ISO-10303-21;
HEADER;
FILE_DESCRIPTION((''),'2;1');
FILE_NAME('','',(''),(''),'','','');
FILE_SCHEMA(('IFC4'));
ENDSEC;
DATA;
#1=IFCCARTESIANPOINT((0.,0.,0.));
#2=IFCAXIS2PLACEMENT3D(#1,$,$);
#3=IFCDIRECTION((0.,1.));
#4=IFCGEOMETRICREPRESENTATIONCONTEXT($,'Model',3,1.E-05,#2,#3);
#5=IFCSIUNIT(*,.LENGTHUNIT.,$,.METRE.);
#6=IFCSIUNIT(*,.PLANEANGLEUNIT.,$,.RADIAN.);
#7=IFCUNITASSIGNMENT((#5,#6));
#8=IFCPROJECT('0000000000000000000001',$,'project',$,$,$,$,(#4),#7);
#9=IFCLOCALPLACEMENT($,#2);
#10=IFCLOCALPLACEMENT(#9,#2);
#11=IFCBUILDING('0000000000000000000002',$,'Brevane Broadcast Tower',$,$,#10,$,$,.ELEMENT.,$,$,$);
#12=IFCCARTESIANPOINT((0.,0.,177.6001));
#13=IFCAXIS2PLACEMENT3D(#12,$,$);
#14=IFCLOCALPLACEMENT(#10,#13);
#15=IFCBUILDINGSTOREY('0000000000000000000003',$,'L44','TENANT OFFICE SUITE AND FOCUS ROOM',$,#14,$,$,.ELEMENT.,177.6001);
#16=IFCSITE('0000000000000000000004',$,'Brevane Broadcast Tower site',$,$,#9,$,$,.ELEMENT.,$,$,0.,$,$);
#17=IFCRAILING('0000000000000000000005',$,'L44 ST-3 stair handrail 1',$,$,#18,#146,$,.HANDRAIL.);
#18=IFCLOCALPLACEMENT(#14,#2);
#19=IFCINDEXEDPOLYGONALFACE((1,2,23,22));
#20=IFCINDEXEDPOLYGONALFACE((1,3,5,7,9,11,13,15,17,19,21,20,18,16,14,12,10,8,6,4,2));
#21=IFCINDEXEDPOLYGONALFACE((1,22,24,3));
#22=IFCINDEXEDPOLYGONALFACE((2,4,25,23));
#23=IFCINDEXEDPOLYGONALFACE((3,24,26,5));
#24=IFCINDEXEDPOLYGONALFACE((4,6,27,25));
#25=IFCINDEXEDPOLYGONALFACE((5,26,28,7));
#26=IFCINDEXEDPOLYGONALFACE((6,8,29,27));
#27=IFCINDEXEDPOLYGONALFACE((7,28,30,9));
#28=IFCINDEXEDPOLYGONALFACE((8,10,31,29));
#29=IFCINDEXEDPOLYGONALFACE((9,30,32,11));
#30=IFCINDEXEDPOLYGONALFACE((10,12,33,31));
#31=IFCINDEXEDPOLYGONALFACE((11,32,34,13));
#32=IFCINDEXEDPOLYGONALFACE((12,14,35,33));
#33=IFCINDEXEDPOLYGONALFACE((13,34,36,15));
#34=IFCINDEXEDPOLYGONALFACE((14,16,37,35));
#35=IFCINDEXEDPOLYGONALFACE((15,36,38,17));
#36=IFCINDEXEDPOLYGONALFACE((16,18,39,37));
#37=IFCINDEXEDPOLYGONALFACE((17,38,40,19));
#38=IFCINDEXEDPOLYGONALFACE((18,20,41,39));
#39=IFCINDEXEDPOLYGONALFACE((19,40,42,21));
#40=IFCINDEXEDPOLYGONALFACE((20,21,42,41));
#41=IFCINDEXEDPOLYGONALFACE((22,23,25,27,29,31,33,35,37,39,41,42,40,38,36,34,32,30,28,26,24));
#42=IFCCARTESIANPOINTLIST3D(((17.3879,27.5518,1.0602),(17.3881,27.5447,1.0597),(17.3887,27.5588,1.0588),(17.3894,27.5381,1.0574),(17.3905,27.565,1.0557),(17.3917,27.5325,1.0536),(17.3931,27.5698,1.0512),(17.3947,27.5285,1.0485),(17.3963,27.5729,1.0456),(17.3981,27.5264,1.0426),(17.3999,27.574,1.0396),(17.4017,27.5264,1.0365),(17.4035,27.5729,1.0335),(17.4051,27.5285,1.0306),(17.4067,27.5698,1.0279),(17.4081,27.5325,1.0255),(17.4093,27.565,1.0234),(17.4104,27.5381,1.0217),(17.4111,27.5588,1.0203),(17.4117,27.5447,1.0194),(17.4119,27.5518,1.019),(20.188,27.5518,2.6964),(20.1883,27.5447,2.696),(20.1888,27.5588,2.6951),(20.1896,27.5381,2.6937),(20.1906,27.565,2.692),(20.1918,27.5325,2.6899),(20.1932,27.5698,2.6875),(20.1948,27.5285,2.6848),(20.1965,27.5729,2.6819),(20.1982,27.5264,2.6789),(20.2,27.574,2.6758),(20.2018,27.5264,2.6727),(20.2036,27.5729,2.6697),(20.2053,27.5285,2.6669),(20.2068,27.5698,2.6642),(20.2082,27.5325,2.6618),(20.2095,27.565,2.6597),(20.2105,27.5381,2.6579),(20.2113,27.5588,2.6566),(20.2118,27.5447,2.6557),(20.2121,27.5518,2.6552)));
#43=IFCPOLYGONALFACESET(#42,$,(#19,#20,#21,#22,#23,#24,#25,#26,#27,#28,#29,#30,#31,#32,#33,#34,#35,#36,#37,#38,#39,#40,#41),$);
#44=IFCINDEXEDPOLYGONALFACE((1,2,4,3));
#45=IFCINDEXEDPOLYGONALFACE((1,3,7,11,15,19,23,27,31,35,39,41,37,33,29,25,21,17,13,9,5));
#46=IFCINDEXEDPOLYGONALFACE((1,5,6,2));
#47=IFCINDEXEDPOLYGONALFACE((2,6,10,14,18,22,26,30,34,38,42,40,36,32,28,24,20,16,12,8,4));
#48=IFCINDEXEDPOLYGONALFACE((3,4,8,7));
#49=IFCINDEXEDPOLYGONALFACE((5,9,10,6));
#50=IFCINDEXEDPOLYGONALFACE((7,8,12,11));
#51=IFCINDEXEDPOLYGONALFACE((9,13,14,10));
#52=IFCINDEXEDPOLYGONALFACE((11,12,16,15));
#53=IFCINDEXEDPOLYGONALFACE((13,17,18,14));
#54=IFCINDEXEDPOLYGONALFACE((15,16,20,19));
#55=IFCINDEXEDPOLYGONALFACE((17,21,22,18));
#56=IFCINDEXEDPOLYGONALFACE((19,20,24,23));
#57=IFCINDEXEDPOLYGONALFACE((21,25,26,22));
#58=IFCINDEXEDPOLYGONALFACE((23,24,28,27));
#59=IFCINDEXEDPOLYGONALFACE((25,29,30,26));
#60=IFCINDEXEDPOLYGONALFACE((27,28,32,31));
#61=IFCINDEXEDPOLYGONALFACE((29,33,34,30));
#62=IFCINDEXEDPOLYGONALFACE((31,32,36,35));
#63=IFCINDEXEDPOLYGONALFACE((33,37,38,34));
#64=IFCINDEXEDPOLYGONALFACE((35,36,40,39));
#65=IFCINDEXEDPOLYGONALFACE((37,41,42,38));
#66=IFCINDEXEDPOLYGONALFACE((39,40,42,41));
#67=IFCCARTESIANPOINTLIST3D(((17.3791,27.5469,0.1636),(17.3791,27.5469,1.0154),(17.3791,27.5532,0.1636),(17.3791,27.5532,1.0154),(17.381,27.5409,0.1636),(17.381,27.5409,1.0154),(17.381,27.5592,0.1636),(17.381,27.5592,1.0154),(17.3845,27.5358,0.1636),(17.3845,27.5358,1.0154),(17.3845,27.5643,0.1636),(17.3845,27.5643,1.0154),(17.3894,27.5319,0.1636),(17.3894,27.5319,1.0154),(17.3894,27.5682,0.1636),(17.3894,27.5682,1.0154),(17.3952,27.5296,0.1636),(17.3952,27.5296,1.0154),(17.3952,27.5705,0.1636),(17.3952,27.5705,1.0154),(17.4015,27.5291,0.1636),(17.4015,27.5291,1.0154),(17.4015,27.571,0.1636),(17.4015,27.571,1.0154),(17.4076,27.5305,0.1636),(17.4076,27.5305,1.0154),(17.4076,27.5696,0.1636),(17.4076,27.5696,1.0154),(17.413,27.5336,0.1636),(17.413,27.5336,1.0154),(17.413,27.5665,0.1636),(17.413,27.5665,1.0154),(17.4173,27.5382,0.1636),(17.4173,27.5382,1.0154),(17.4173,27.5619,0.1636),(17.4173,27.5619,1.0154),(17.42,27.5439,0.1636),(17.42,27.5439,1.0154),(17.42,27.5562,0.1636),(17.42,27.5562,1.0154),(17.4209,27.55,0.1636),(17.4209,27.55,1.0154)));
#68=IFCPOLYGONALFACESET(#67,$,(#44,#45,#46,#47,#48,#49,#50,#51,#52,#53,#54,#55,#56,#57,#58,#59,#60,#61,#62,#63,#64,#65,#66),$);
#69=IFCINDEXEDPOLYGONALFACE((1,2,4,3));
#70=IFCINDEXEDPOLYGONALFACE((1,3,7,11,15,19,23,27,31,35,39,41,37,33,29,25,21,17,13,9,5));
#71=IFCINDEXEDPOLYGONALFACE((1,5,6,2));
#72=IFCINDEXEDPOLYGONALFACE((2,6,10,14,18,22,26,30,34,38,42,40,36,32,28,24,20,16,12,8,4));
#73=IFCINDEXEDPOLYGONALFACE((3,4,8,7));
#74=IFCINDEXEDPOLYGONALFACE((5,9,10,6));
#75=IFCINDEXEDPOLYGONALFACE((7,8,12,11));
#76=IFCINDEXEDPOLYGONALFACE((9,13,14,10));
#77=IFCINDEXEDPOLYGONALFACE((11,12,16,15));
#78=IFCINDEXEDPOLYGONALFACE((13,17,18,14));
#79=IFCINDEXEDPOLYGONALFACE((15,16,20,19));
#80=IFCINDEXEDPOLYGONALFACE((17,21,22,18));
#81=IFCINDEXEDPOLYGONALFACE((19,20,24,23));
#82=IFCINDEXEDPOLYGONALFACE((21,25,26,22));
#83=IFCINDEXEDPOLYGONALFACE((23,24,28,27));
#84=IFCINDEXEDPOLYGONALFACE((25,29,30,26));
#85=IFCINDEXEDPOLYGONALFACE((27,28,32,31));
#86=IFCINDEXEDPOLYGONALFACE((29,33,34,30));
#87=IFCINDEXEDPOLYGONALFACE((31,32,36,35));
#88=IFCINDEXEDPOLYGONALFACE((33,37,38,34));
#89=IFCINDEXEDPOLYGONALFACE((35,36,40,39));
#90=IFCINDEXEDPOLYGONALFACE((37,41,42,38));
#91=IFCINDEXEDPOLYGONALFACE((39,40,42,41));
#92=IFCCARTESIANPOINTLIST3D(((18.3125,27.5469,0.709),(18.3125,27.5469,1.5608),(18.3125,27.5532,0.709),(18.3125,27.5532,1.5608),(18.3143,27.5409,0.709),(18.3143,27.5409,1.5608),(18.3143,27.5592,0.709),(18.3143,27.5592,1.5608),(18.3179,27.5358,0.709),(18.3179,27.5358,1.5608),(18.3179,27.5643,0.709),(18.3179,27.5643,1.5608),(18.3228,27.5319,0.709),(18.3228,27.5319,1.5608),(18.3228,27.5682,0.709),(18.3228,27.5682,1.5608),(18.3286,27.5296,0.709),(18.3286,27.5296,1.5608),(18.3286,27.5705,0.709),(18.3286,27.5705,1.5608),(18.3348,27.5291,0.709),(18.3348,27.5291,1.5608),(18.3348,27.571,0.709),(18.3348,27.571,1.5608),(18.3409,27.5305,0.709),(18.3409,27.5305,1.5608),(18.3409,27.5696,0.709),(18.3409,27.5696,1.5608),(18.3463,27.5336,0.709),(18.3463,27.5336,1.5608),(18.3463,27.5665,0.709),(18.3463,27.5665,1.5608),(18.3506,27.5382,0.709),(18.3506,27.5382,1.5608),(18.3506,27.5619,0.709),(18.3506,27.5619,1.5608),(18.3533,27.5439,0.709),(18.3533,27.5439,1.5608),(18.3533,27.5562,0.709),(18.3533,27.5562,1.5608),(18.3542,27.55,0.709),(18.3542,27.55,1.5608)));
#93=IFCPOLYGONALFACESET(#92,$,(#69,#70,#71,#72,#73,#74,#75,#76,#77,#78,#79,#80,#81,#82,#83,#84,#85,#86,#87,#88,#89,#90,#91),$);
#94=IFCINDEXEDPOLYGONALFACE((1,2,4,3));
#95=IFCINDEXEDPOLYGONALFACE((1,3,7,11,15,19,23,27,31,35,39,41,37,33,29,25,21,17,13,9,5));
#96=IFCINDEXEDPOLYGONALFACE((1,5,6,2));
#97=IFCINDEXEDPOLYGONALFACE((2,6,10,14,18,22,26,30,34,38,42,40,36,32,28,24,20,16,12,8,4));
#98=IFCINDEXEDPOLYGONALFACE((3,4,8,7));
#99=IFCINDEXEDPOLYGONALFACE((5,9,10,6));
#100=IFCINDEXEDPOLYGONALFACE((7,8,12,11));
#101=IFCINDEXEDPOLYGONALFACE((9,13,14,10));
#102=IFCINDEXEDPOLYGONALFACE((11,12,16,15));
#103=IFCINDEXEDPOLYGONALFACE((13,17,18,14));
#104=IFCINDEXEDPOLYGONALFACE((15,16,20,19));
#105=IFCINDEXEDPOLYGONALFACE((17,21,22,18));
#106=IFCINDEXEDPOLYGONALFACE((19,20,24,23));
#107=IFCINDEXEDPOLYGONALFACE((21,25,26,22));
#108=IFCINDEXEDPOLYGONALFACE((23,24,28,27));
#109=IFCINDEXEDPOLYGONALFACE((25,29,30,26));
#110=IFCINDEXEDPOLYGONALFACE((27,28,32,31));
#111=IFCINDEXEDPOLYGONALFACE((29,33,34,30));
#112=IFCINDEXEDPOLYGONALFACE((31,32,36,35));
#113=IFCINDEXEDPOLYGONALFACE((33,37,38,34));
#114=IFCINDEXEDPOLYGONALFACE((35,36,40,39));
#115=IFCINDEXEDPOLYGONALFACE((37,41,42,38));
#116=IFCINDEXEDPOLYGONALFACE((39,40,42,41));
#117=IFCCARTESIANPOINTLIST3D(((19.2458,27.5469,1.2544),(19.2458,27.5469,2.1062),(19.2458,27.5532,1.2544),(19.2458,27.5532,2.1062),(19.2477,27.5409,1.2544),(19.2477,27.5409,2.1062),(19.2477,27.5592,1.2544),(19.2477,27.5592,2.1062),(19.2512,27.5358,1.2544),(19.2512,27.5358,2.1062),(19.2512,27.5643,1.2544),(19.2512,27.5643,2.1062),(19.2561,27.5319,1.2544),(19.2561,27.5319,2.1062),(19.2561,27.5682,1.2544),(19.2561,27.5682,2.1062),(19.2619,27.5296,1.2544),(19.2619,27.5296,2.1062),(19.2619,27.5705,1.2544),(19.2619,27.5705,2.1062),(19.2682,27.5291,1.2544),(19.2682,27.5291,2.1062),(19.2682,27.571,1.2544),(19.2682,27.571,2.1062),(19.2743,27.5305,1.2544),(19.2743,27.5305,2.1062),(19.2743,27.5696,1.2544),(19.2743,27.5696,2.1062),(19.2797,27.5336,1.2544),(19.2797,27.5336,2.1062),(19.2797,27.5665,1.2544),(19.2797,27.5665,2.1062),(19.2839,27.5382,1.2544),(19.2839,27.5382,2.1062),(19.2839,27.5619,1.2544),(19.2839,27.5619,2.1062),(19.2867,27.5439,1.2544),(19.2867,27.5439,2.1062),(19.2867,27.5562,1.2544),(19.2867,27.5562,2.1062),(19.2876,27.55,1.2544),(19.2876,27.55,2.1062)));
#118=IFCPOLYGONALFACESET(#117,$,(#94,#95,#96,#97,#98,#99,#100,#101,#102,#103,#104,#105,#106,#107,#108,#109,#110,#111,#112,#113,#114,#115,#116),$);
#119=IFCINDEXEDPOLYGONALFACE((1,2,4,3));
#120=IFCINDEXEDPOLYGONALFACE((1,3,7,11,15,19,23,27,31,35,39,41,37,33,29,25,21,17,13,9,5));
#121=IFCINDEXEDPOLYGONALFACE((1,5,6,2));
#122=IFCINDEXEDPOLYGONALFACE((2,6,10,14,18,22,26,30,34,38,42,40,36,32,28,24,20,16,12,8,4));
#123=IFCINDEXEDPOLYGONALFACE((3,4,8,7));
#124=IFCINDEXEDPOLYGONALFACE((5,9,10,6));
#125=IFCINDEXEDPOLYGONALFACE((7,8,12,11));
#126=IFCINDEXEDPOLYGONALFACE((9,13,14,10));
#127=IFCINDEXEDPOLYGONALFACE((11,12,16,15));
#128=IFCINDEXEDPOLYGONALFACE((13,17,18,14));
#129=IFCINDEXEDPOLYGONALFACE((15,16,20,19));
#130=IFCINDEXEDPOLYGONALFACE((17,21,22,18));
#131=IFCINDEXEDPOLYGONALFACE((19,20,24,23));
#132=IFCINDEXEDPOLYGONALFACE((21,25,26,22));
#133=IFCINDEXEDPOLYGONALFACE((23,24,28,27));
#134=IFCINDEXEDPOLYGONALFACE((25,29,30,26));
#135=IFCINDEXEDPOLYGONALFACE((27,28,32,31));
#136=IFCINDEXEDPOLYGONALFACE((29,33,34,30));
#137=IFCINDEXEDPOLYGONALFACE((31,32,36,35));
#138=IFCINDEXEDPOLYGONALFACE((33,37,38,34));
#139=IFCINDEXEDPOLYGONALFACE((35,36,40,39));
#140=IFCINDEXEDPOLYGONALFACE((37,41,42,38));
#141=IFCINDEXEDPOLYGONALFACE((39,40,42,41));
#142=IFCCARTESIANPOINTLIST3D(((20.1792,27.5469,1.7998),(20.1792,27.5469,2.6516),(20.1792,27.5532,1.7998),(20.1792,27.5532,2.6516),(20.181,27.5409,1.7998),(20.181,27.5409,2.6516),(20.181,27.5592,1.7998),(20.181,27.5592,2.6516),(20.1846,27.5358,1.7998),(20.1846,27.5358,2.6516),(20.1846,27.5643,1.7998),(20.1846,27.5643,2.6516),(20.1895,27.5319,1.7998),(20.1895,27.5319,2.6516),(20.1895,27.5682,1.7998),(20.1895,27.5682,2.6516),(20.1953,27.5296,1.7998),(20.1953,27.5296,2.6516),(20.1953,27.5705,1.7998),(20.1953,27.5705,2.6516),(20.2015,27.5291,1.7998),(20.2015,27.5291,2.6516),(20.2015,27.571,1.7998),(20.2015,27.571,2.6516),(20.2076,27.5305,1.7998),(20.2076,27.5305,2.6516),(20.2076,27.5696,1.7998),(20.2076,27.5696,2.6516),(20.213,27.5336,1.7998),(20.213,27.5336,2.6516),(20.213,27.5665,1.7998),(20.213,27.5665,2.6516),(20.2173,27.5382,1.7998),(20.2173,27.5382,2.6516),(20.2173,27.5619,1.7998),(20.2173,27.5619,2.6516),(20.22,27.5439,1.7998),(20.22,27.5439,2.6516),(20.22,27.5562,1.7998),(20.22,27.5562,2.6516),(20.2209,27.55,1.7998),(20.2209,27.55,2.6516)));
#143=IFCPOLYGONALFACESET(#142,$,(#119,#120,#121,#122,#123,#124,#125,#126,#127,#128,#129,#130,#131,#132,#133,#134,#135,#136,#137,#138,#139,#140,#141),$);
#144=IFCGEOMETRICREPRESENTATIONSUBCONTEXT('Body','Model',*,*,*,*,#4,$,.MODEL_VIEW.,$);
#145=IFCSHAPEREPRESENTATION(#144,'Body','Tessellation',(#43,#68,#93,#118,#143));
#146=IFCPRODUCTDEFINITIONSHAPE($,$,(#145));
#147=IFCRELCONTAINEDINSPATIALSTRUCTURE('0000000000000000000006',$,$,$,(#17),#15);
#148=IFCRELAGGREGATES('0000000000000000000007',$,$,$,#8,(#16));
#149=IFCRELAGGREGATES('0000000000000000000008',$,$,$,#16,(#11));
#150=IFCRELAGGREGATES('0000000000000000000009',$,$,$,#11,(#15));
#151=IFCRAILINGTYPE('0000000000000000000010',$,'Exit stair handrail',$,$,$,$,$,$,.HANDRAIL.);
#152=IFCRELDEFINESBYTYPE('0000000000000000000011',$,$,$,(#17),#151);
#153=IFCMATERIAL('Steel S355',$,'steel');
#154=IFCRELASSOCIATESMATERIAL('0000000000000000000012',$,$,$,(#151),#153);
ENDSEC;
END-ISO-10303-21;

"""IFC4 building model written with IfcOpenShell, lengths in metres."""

from ifc_helpers import new_model, si_unit, direction, frame, origin, origin_2d, place, context, subcontext, project, spatial, circle, extrude, material, type_object, element, save


model = new_model("IFC4")

# Units and contexts
model_context = context("Model", 3, precision=1e-05, world=origin(), true_north=direction((0.0, 1.0)))
body_context = subcontext(model_context, "Body", "Model", "MODEL_VIEW")
ifc_project = project(units=[si_unit("LENGTHUNIT", "METRE"), si_unit("PLANEANGLEUNIT", "RADIAN")], contexts=[model_context])

# Site, building, storey
site_placement = place(None, origin())
site = spatial("IfcSite", under=ifc_project, at=site_placement, Name="Brevane Broadcast Tower site", CompositionType="ELEMENT", RefElevation=0.0)
building_placement = place(site_placement, origin())
building = spatial("IfcBuilding", under=site, at=building_placement, Name="Brevane Broadcast Tower", CompositionType="ELEMENT")
storey_placement = place(building_placement, frame((0.0, 0.0, 177.6001)))
storey = spatial("IfcBuildingStorey", under=building, at=storey_placement, Name="L44", Description="TENANT OFFICE SUITE AND FOCUS ROOM", CompositionType="ELEMENT", Elevation=177.6001)

# Railing
ifc_material_1 = material(Name="Steel S355", Category="steel")
railing_type_1 = type_object("IfcRailingType", Name="Exit stair handrail", PredefinedType="HANDRAIL", material=ifc_material_1)
railing_1_placement = place(storey_placement, frame((17.3999, 27.55, 0.1636)))
element("IfcRailing", 1, at=railing_1_placement, inside=storey, type_object=railing_type_1, Name="L44 ST-3 stair handrail 1", PredefinedType="HANDRAIL", context=body_context, shape_type="SweptSolid", body=[
    extrude(circle(Radius=0.0239, at=origin_2d()), frame((0.0, 0.0, 0.876), z_axis=(0.863394, 0.0, 0.504531), x_axis=(0.0, 1.0, 0.0)), (0.0, 0.0, 1.0), 3.2432),
    extrude(circle(Radius=0.021, at=origin_2d()), origin(), (0.0, 0.0, 1.0), 0.8518),
    extrude(circle(Radius=0.021, at=origin_2d()), frame((0.9333, 0.0, 0.5454)), (0.0, 0.0, 1.0), 0.8518),
    extrude(circle(Radius=0.021, at=origin_2d()), frame((1.8667, 0.0, 1.0908)), (0.0, 0.0, 1.0), 0.8518),
    extrude(circle(Radius=0.021, at=origin_2d()), frame((2.8, 0.0, 1.6362)), (0.0, 0.0, 1.0), 0.8518),
])

save(model, "model.ifc")
